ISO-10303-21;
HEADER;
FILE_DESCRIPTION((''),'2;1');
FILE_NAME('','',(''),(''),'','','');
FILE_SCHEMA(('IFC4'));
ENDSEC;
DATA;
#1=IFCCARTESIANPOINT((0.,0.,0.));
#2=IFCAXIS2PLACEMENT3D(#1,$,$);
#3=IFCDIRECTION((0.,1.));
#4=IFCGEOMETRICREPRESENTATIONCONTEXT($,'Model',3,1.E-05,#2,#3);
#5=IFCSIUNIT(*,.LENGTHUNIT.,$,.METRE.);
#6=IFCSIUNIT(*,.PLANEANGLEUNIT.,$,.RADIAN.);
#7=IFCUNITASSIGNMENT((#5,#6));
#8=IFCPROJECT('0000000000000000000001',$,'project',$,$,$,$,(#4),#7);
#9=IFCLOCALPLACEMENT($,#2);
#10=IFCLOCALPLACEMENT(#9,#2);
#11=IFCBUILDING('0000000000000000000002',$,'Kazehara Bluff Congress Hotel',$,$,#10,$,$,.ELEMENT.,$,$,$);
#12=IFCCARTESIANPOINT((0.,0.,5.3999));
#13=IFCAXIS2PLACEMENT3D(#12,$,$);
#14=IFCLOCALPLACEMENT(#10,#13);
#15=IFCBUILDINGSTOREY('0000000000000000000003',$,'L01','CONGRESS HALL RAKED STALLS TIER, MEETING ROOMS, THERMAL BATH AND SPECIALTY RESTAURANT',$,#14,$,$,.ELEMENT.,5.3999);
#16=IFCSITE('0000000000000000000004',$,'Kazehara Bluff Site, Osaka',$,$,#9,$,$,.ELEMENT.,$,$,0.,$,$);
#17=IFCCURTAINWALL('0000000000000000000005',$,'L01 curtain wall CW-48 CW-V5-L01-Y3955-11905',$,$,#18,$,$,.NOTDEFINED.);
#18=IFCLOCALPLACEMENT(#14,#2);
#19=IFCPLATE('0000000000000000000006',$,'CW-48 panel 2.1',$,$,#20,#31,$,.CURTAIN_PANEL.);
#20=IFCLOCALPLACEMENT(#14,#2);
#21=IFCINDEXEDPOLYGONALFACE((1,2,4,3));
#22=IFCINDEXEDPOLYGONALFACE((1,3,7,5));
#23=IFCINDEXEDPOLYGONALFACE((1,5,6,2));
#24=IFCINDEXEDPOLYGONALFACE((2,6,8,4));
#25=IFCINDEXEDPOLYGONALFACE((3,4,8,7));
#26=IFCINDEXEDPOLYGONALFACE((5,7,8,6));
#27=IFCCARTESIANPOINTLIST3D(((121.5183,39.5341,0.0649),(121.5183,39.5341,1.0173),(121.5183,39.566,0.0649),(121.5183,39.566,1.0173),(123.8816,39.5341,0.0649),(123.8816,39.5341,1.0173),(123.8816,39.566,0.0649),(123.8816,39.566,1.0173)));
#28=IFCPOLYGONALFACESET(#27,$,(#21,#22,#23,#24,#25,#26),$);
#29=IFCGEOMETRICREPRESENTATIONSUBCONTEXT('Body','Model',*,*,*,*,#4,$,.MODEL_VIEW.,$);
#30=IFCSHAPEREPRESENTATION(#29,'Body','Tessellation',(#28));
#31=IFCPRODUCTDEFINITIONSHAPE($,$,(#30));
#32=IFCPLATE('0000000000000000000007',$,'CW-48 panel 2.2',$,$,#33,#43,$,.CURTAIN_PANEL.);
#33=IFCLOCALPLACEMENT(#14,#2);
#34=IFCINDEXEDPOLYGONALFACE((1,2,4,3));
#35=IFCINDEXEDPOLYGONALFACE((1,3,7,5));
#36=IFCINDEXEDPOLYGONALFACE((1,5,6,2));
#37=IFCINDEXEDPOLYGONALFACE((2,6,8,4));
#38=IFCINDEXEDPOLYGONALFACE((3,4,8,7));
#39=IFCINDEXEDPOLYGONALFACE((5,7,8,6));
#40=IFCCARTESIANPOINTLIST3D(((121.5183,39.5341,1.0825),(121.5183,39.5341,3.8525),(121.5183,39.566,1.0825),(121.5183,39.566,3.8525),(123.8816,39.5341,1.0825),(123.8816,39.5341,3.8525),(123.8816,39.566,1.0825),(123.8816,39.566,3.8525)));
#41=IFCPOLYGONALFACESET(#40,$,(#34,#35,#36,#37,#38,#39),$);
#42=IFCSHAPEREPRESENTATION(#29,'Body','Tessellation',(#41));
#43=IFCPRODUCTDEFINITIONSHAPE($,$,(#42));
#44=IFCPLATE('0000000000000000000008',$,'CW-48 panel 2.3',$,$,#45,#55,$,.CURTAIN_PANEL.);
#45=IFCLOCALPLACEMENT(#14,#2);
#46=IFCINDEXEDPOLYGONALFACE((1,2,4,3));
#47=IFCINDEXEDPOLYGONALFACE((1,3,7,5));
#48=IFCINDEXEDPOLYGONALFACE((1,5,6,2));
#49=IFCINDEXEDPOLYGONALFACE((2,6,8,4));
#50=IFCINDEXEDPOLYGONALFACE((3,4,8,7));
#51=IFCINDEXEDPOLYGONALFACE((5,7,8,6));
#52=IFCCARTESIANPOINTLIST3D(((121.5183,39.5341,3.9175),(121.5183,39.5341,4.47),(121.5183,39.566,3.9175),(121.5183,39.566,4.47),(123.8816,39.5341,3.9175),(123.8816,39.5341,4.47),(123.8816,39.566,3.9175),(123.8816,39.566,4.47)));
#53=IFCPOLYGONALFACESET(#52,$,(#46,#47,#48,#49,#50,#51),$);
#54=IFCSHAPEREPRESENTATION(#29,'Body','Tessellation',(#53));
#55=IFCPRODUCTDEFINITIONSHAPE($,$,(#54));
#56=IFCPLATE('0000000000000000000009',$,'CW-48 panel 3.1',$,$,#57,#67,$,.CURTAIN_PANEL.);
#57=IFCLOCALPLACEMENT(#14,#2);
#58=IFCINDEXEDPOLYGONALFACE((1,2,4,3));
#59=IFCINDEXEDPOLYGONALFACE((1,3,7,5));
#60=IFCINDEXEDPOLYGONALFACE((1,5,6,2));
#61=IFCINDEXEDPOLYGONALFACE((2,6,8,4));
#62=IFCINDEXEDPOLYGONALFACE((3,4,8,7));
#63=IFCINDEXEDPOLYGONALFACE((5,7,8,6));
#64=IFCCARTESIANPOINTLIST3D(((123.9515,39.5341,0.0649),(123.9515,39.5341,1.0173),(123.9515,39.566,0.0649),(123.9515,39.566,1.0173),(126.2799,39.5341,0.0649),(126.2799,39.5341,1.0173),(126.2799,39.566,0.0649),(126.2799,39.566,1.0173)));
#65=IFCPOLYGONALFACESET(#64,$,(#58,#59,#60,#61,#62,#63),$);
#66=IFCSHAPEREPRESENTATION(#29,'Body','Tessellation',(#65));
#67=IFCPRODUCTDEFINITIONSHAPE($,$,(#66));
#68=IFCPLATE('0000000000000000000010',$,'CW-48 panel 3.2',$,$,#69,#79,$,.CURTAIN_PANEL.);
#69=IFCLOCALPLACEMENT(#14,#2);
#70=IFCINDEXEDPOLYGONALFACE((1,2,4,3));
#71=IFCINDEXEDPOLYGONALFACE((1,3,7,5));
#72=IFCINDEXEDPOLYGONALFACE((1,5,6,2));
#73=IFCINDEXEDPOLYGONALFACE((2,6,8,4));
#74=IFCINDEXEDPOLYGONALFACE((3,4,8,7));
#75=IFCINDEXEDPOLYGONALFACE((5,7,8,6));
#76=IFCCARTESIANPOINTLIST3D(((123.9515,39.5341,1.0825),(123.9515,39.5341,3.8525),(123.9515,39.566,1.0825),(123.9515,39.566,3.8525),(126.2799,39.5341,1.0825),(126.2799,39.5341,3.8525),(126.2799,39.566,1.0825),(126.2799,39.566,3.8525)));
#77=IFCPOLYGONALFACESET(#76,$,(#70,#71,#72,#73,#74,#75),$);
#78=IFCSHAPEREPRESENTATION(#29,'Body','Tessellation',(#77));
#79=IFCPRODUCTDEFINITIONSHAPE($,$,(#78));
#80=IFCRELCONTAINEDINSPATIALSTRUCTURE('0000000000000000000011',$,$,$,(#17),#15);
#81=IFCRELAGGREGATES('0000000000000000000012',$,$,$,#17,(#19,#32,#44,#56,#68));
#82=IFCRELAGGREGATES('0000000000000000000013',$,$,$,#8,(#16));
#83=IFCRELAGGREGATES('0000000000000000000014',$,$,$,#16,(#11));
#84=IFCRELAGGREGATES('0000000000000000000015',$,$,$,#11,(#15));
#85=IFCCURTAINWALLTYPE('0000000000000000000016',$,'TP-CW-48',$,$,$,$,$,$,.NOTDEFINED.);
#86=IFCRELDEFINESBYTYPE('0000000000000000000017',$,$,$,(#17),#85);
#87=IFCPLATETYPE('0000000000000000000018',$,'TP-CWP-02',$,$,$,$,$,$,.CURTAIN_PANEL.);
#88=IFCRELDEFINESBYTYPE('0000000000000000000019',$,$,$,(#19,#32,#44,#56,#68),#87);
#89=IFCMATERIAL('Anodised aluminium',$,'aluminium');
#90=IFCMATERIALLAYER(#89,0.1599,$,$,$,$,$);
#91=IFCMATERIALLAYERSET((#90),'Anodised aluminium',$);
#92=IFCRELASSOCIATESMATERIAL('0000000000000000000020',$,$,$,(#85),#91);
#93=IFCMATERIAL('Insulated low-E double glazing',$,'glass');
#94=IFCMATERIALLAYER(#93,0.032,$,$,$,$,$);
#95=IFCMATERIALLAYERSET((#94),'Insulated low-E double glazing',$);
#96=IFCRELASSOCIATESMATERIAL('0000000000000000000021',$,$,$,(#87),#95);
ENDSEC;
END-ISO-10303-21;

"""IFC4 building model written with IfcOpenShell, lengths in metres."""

from ifc_helpers import new_model, si_unit, direction, frame, origin, origin_2d, place, context, subcontext, project, spatial, rectangle, extrude, material, layer, layer_set, type_object, element, aggregate, save


model = new_model("IFC4")

# Units and contexts
model_context = context("Model", 3, precision=1e-05, world=origin(), true_north=direction((0.0, 1.0)))
body_context = subcontext(model_context, "Body", "Model", "MODEL_VIEW")
ifc_project = project(units=[si_unit("LENGTHUNIT", "METRE"), si_unit("PLANEANGLEUNIT", "RADIAN")], contexts=[model_context])

# Site, building, storey
site_placement = place(None, origin())
site = spatial("IfcSite", under=ifc_project, at=site_placement, Name="Kazehara Bluff Site, Osaka", CompositionType="ELEMENT", RefElevation=0.0)
building_placement = place(site_placement, origin())
building = spatial("IfcBuilding", under=site, at=building_placement, Name="Kazehara Bluff Congress Hotel", CompositionType="ELEMENT")
storey_placement = place(building_placement, frame((0.0, 0.0, 5.3999)))
storey = spatial("IfcBuildingStorey", under=building, at=storey_placement, Name="L01", Description="CONGRESS HALL RAKED STALLS TIER, MEETING ROOMS, THERMAL BATH AND SPECIALTY RESTAURANT", CompositionType="ELEMENT", Elevation=5.3999)

# Curtain wall
ifc_material_1 = material(Name="Anodised aluminium", Category="aluminium")
ifc_layer_1 = layer(ifc_material_1, 0.1599)
ifc_layer_set_1 = layer_set([ifc_layer_1], Name="Anodised aluminium")
curtain_wall_type_1 = type_object("IfcCurtainWallType", Name="TP-CW-48", PredefinedType="NOTDEFINED", material=ifc_layer_set_1)
curtain_wall_1_placement = place(storey_placement, origin())
curtain_wall_1 = element("IfcCurtainWall", 1, at=curtain_wall_1_placement, inside=storey, type_object=curtain_wall_type_1, Name="L01 curtain wall CW-48 CW-V5-L01-Y3955-11905", PredefinedType="NOTDEFINED")

# Plates
ifc_material_2 = material(Name="Insulated low-E double glazing", Category="glass")
ifc_layer_2 = layer(ifc_material_2, 0.032)
ifc_layer_set_2 = layer_set([ifc_layer_2], Name="Insulated low-E double glazing")
plate_type = type_object("IfcPlateType", Name="TP-CWP-02", PredefinedType="CURTAIN_PANEL", material=ifc_layer_set_2)
plate_1_placement = place(storey_placement, frame((122.7, 39.55, 0.0649), z_axis=(0.0, 0.0, 1.0), x_axis=(1.0, 0.0, 0.0)))
plate_1 = element("IfcPlate", 2, at=plate_1_placement, type_object=plate_type, Name="CW-48 panel 2.1", PredefinedType="CURTAIN_PANEL", context=body_context, shape_type="SweptSolid", body=[
    extrude(rectangle(XDim=2.3633, YDim=0.032, at=origin_2d()), origin(), (0.0, 0.0, 1.0), 0.9524),
])
plate_2_placement = place(storey_placement, frame((122.7, 39.55, 1.0825), z_axis=(0.0, 0.0, 1.0), x_axis=(1.0, 0.0, 0.0)))
plate_2 = element("IfcPlate", 3, at=plate_2_placement, type_object=plate_type, Name="CW-48 panel 2.2", PredefinedType="CURTAIN_PANEL", context=body_context, shape_type="SweptSolid", body=[
    extrude(rectangle(XDim=2.3633, YDim=0.032, at=origin_2d()), origin(), (0.0, 0.0, 1.0), 2.77),
])
plate_3_placement = place(storey_placement, frame((122.7, 39.55, 3.9175), z_axis=(0.0, 0.0, 1.0), x_axis=(1.0, 0.0, 0.0)))
plate_3 = element("IfcPlate", 4, at=plate_3_placement, type_object=plate_type, Name="CW-48 panel 2.3", PredefinedType="CURTAIN_PANEL", context=body_context, shape_type="SweptSolid", body=[
    extrude(rectangle(XDim=2.3633, YDim=0.032, at=origin_2d()), origin(), (0.0, 0.0, 1.0), 0.5525),
])
plate_4_placement = place(storey_placement, frame((125.1157, 39.55, 0.0649), z_axis=(0.0, 0.0, 1.0), x_axis=(1.0, 0.0, 0.0)))
plate_4 = element("IfcPlate", 5, at=plate_4_placement, type_object=plate_type, Name="CW-48 panel 3.1", PredefinedType="CURTAIN_PANEL", context=body_context, shape_type="SweptSolid", body=[
    extrude(rectangle(XDim=2.3284, YDim=0.032, at=origin_2d()), origin(), (0.0, 0.0, 1.0), 0.9524),
])
plate_5_placement = place(storey_placement, frame((125.1157, 39.55, 1.0825), z_axis=(0.0, 0.0, 1.0), x_axis=(1.0, 0.0, 0.0)))
plate_5 = element("IfcPlate", 6, at=plate_5_placement, type_object=plate_type, Name="CW-48 panel 3.2", PredefinedType="CURTAIN_PANEL", context=body_context, shape_type="SweptSolid", body=[
    extrude(rectangle(XDim=2.3284, YDim=0.032, at=origin_2d()), origin(), (0.0, 0.0, 1.0), 2.77),
])
aggregate(curtain_wall_1, [plate_1, plate_2, plate_3, plate_4, plate_5])

save(model, "model.ifc")
